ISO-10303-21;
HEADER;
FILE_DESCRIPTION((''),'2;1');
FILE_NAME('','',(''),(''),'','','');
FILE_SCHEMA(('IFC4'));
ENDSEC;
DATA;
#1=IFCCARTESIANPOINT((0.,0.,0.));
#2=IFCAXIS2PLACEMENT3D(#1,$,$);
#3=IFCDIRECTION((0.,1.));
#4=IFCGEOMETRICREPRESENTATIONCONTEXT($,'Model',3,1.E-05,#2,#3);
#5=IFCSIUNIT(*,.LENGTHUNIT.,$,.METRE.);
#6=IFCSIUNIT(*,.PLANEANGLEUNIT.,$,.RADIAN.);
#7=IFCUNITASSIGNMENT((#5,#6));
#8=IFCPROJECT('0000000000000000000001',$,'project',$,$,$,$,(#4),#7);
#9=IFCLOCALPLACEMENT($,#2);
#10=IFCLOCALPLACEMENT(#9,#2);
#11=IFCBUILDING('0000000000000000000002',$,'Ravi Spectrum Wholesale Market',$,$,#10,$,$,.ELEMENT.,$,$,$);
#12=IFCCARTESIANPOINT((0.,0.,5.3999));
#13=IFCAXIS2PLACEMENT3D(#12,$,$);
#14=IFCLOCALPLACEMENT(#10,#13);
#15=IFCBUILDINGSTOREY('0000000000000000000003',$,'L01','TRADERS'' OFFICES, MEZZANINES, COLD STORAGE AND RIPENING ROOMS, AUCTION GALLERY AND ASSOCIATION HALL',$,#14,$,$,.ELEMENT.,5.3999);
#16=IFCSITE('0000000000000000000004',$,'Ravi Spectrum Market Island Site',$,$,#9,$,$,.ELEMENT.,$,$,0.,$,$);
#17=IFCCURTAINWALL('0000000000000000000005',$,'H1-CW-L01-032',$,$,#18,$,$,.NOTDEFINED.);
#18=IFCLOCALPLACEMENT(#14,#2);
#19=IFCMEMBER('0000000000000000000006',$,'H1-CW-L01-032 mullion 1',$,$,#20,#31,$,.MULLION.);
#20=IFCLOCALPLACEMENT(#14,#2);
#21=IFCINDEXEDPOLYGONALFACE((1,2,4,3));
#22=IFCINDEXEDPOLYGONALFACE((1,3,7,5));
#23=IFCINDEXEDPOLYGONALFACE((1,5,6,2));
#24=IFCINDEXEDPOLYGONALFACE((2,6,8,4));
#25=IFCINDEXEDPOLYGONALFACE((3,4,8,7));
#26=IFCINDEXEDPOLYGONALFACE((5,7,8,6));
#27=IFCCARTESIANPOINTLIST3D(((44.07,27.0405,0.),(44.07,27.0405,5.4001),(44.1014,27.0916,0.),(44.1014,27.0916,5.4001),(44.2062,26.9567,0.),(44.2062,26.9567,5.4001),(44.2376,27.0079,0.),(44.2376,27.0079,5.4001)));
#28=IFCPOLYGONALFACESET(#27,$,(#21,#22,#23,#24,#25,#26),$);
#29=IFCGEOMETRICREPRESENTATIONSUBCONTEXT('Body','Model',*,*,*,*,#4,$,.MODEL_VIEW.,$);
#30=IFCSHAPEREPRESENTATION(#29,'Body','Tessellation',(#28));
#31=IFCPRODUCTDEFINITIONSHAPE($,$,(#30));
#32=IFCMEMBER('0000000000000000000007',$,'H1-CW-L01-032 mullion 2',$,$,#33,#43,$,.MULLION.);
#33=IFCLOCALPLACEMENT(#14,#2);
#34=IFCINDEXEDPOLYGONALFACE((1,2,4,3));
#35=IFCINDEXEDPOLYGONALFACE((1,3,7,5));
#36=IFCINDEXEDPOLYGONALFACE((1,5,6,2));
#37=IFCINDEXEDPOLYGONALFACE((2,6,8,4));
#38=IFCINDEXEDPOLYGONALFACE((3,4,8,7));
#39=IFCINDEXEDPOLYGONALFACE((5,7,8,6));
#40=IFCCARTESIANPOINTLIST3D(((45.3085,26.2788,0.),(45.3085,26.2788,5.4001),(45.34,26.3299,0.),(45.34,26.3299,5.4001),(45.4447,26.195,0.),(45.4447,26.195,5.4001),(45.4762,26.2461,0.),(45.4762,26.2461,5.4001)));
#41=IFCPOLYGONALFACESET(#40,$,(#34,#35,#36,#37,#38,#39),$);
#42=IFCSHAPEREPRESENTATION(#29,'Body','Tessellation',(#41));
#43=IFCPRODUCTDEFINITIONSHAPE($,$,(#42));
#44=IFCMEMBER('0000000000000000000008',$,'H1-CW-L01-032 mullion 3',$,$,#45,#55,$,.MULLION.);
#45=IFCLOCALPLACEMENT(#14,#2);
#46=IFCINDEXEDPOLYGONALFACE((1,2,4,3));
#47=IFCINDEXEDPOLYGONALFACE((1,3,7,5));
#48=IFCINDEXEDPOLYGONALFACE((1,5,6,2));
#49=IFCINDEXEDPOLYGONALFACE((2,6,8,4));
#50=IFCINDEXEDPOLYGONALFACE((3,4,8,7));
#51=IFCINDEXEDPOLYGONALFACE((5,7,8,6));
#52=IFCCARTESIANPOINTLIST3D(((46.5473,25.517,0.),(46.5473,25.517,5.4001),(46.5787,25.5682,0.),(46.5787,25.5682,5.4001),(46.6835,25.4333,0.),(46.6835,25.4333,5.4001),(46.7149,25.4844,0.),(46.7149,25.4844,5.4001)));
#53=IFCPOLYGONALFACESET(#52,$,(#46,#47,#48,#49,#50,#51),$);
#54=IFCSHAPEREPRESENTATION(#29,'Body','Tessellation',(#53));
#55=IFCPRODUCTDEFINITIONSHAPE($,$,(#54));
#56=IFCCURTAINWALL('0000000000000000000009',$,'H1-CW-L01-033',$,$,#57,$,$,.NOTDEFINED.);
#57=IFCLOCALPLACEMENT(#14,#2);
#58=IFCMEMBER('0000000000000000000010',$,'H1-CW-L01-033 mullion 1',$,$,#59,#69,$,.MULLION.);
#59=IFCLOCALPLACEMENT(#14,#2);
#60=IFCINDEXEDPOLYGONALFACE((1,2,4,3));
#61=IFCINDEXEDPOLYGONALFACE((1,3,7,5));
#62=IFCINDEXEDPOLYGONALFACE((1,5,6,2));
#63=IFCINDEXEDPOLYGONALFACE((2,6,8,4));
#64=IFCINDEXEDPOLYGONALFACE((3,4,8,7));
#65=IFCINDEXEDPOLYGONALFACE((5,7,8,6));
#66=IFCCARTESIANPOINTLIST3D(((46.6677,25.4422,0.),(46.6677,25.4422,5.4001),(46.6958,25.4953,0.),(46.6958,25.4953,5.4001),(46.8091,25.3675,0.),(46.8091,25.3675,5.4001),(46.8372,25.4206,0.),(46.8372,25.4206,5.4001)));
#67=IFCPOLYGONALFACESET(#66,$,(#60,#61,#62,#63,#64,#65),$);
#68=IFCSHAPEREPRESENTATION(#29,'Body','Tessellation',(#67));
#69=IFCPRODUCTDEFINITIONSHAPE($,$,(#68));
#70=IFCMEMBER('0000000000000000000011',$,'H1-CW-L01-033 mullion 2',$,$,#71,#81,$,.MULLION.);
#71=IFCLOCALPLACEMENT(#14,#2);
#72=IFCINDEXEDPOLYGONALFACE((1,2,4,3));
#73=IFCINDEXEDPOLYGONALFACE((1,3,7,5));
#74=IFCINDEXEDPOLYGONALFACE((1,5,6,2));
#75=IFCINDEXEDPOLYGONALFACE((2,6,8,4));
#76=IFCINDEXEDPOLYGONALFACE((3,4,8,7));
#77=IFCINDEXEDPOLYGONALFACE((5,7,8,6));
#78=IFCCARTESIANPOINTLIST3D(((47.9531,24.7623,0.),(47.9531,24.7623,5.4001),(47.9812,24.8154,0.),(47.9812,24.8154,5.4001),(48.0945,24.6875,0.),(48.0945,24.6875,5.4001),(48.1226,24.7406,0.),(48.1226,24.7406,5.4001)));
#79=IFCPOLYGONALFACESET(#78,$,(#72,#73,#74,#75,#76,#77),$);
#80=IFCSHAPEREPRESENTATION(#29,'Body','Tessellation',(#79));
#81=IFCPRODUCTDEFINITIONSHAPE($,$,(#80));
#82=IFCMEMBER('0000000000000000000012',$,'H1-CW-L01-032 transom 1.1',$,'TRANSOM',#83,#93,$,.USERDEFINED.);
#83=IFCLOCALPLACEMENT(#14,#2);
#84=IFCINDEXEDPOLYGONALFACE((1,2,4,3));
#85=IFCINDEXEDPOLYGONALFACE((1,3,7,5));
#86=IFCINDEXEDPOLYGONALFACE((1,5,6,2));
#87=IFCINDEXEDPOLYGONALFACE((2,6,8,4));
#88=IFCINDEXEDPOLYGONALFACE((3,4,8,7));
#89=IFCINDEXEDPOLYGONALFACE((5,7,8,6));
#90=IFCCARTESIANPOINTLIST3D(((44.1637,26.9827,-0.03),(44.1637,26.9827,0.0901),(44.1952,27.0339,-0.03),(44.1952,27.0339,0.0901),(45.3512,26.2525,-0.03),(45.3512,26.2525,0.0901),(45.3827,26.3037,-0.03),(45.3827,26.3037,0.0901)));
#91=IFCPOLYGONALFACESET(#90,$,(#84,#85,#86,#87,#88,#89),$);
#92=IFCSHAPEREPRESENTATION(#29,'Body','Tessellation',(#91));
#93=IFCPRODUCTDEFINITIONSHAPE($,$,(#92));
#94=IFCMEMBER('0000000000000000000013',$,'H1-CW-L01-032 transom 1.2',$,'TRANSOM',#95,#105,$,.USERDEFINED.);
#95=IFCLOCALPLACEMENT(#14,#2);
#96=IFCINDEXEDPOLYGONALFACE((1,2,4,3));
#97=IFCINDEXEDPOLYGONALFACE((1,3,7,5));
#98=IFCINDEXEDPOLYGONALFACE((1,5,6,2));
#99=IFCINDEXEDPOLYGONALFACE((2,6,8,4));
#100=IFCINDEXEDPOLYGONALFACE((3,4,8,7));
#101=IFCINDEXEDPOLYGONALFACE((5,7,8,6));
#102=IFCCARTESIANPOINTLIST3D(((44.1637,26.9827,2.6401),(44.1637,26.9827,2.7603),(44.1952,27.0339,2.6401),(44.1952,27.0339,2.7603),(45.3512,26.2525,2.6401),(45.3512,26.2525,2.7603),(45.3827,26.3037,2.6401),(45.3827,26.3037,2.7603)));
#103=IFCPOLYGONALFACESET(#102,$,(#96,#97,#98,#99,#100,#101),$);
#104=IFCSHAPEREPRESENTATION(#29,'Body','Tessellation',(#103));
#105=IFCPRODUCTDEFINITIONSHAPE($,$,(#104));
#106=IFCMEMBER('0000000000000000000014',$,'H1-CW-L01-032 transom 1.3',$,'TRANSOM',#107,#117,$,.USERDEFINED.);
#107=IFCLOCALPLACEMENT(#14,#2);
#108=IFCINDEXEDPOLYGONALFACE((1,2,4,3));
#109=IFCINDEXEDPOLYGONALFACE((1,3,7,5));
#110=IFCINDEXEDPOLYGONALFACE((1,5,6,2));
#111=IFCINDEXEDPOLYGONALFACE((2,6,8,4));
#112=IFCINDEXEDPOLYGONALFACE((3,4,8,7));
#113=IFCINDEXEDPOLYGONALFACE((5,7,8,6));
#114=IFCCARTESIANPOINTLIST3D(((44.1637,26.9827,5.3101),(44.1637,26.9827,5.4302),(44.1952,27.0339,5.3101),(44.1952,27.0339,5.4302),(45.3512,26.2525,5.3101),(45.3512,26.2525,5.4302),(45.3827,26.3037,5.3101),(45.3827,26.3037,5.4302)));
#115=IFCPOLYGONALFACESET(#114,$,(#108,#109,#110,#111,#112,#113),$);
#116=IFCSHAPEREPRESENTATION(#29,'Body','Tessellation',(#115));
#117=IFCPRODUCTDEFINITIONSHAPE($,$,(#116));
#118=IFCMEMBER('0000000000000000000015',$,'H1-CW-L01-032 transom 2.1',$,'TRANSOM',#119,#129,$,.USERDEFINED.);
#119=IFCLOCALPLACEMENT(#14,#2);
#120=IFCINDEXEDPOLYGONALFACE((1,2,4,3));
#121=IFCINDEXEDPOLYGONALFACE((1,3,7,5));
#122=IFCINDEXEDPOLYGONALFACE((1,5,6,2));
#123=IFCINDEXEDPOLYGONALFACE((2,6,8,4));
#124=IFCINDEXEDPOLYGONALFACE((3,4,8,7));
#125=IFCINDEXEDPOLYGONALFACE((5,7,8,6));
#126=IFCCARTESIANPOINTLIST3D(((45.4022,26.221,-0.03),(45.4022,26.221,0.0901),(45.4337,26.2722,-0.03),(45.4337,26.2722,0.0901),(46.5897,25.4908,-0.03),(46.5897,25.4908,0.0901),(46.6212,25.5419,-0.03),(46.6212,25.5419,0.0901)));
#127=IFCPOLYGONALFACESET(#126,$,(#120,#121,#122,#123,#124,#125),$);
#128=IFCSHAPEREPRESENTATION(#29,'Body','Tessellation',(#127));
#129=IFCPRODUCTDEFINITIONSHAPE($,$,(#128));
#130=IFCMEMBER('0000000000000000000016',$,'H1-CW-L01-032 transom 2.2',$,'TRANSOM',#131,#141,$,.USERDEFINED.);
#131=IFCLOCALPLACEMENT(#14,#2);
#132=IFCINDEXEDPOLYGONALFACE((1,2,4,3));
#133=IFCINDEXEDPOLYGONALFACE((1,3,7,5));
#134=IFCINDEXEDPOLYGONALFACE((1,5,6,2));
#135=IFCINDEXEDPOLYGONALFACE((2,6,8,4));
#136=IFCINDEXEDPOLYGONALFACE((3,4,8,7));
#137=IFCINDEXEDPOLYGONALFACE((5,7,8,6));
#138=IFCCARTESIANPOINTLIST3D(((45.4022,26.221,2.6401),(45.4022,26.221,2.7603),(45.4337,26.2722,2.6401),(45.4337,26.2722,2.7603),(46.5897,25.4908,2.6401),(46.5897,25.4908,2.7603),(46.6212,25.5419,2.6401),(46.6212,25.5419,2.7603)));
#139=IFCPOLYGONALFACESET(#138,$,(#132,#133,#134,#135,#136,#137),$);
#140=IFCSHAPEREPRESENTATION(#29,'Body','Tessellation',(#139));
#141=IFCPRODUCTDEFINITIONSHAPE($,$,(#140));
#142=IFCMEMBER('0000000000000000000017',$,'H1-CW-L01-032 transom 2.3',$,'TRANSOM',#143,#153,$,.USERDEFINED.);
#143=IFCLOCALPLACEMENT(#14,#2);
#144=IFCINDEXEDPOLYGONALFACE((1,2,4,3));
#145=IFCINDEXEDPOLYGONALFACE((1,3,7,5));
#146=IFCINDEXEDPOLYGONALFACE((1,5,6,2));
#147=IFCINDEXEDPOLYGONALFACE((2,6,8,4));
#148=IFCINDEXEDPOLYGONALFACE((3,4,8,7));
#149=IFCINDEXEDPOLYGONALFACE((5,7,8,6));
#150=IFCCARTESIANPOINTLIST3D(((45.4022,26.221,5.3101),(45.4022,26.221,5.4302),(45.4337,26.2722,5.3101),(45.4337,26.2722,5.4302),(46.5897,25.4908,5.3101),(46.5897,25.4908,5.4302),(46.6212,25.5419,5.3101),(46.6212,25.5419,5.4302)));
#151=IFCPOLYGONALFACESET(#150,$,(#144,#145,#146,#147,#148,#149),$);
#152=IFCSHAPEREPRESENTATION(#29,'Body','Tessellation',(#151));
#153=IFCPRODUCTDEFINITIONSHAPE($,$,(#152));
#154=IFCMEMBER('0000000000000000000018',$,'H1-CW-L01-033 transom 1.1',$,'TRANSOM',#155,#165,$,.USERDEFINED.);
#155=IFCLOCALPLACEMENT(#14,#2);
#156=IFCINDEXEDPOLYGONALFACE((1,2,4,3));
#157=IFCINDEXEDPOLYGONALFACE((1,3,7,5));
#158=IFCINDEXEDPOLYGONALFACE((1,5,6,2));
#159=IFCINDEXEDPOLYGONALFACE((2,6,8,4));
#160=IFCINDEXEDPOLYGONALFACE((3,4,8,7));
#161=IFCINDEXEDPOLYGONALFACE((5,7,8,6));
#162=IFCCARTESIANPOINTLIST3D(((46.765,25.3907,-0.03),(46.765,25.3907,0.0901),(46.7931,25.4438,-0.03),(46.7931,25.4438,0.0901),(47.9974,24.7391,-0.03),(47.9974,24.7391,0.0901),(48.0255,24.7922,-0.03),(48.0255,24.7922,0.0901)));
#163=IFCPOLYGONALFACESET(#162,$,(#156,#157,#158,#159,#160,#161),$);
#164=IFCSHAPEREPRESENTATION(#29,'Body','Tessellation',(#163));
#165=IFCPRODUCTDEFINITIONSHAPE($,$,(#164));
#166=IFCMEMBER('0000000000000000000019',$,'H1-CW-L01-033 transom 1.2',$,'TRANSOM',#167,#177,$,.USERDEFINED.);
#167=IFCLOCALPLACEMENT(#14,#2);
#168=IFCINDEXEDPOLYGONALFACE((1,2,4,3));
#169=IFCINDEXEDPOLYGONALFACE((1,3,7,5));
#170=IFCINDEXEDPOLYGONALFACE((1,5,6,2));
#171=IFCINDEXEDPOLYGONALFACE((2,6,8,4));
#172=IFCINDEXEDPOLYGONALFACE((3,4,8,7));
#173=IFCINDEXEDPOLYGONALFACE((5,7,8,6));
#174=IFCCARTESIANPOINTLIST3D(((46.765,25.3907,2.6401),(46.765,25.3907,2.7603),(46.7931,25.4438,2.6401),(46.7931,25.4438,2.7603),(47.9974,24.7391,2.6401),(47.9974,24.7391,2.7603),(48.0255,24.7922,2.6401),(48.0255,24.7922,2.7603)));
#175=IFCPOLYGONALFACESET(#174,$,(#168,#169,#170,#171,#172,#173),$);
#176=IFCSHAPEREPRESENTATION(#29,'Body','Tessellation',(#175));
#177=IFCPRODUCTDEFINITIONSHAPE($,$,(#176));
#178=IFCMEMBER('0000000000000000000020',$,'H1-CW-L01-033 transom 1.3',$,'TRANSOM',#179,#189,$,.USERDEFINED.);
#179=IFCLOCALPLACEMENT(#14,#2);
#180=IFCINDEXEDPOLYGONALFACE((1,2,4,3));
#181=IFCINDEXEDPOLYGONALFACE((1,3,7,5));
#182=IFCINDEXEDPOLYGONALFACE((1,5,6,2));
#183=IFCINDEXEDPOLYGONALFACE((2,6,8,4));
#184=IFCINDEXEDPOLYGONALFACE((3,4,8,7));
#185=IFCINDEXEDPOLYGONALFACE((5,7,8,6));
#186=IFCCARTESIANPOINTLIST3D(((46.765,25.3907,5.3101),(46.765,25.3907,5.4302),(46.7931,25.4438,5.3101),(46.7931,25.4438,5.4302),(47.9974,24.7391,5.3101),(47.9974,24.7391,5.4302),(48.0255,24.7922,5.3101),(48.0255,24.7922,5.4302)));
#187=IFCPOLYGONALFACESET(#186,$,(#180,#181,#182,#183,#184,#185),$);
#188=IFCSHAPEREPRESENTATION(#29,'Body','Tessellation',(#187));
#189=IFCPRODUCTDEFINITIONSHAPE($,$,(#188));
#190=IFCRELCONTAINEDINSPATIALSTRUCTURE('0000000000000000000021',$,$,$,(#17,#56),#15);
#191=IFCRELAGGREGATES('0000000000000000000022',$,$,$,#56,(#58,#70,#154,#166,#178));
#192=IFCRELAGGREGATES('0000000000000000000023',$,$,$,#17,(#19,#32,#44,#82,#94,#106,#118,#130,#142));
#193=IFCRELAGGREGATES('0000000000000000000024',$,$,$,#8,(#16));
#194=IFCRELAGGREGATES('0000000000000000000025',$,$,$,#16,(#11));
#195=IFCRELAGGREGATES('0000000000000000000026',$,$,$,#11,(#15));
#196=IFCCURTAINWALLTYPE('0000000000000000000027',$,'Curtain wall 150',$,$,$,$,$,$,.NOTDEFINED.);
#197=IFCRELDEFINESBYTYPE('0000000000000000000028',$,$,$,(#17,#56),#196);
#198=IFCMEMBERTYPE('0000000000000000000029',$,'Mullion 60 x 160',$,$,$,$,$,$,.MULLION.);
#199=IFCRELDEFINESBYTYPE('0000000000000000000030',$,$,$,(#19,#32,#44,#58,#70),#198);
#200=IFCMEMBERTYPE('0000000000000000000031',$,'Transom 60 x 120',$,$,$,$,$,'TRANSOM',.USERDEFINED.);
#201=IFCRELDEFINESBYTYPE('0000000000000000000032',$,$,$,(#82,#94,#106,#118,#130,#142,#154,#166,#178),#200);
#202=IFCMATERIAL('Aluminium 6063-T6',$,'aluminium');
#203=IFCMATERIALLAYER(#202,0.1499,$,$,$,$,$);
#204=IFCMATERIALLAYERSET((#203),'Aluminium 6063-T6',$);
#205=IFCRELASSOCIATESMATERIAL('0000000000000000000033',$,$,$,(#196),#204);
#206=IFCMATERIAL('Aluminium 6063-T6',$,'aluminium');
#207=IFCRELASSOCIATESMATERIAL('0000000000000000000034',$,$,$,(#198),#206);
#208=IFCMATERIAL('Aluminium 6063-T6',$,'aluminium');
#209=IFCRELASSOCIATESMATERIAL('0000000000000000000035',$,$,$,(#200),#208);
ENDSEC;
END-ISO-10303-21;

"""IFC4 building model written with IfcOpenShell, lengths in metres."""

from ifc_helpers import new_model, si_unit, direction, frame, origin, origin_2d, place, context, subcontext, project, spatial, rectangle, extrude, material, layer, layer_set, material_profile, profile_set, type_object, element, aggregate, save


model = new_model("IFC4")

# Units and contexts
model_context = context("Model", 3, precision=1e-05, world=origin(), true_north=direction((0.0, 1.0)))
body_context = subcontext(model_context, "Body", "Model", "MODEL_VIEW")
ifc_project = project(units=[si_unit("LENGTHUNIT", "METRE"), si_unit("PLANEANGLEUNIT", "RADIAN")], contexts=[model_context])

# Site, building, storey
site_placement = place(None, origin())
site = spatial("IfcSite", under=ifc_project, at=site_placement, Name="Ravi Spectrum Market Island Site", CompositionType="ELEMENT", RefElevation=0.0)
building_placement = place(site_placement, origin())
building = spatial("IfcBuilding", under=site, at=building_placement, Name="Ravi Spectrum Wholesale Market", CompositionType="ELEMENT")
storey_placement = place(building_placement, frame((0.0, 0.0, 5.3999)))
storey = spatial("IfcBuildingStorey", under=building, at=storey_placement, Name="L01", Description="TRADERS' OFFICES, MEZZANINES, COLD STORAGE AND RIPENING ROOMS, AUCTION GALLERY AND ASSOCIATION HALL", CompositionType="ELEMENT", Elevation=5.3999)

# Curtain walls, members
ifc_material_1 = material(Name="Aluminium 6063-T6", Category="aluminium")
ifc_layer_1 = layer(ifc_material_1, 0.1499)
ifc_layer_set_1 = layer_set([ifc_layer_1], Name="Aluminium 6063-T6")
curtain_wall_type = type_object("IfcCurtainWallType", Name="Curtain wall 150", PredefinedType="NOTDEFINED", material=ifc_layer_set_1)
curtain_wall_1_placement = place(storey_placement, origin())
curtain_wall_1 = element("IfcCurtainWall", 1, at=curtain_wall_1_placement, inside=storey, type_object=curtain_wall_type, Name="H1-CW-L01-032", PredefinedType="NOTDEFINED")
ifc_material_2 = material(Name="Aluminium 6063-T6", Category="aluminium")
ifc_material_profile_1 = material_profile(ifc_material_2, rectangle(XDim=0.0601, YDim=0.1599, at=origin_2d()))
ifc_profile_set_1 = profile_set([ifc_material_profile_1], Name="Aluminium 6063-T6")
member_type_1 = type_object("IfcMemberType", Name="Mullion 60 x 160", PredefinedType="MULLION", material=ifc_profile_set_1)
member_1_placement = place(storey_placement, frame((44.1538, 27.0242, 0.0), z_axis=(0.0, 0.0, 1.0), x_axis=(0.523841, 0.851816, 0.0)))
member_1 = element("IfcMember", 2, at=member_1_placement, type_object=member_type_1, Name="H1-CW-L01-032 mullion 1", PredefinedType="MULLION", context=body_context, shape_type="SweptSolid", body=[
    extrude(rectangle(XDim=0.0601, YDim=0.1599, at=origin_2d()), origin(), (0.0, 0.0, 1.0), 5.4001),
])
member_2_placement = place(storey_placement, frame((45.3923, 26.2625, 0.0), z_axis=(0.0, 0.0, 1.0), x_axis=(0.523841, 0.851816, 0.0)))
member_2 = element("IfcMember", 3, at=member_2_placement, type_object=member_type_1, Name="H1-CW-L01-032 mullion 2", PredefinedType="MULLION", context=body_context, shape_type="SweptSolid", body=[
    extrude(rectangle(XDim=0.0601, YDim=0.1599, at=origin_2d()), origin(), (0.0, 0.0, 1.0), 5.4001),
])
member_3_placement = place(storey_placement, frame((46.6311, 25.5007, 0.0), z_axis=(0.0, 0.0, 1.0), x_axis=(0.523841, 0.851816, 0.0)))
member_3 = element("IfcMember", 4, at=member_3_placement, type_object=member_type_1, Name="H1-CW-L01-032 mullion 3", PredefinedType="MULLION", context=body_context, shape_type="SweptSolid", body=[
    extrude(rectangle(XDim=0.0601, YDim=0.1599, at=origin_2d()), origin(), (0.0, 0.0, 1.0), 5.4001),
])
curtain_wall_2_placement = place(storey_placement, origin())
curtain_wall_2 = element("IfcCurtainWall", 5, at=curtain_wall_2_placement, inside=storey, type_object=curtain_wall_type, Name="H1-CW-L01-033", PredefinedType="NOTDEFINED")
member_4_placement = place(storey_placement, frame((46.7524, 25.4314, 0.0), z_axis=(0.0, 0.0, 1.0), x_axis=(0.467524, 0.88398, 0.0)))
member_4 = element("IfcMember", 6, at=member_4_placement, type_object=member_type_1, Name="H1-CW-L01-033 mullion 1", PredefinedType="MULLION", context=body_context, shape_type="SweptSolid", body=[
    extrude(rectangle(XDim=0.0601, YDim=0.1599, at=origin_2d()), origin(), (0.0, 0.0, 1.0), 5.4001),
])
member_5_placement = place(storey_placement, frame((48.0378, 24.7515, 0.0), z_axis=(0.0, 0.0, 1.0), x_axis=(0.467524, 0.88398, 0.0)))
member_5 = element("IfcMember", 7, at=member_5_placement, type_object=member_type_1, Name="H1-CW-L01-033 mullion 2", PredefinedType="MULLION", context=body_context, shape_type="SweptSolid", body=[
    extrude(rectangle(XDim=0.0601, YDim=0.1599, at=origin_2d()), origin(), (0.0, 0.0, 1.0), 5.4001),
])

# Members
ifc_material_3 = material(Name="Aluminium 6063-T6", Category="aluminium")
ifc_material_profile_2 = material_profile(ifc_material_3, rectangle(XDim=0.0601, YDim=0.1201, at=origin_2d()))
ifc_profile_set_2 = profile_set([ifc_material_profile_2], Name="Aluminium 6063-T6")
member_type_2 = type_object("IfcMemberType", Name="Transom 60 x 120", ElementType="TRANSOM", PredefinedType="USERDEFINED", material=ifc_profile_set_2)
member_6_placement = place(storey_placement, frame((44.1794, 27.0083, 0.03), z_axis=(0.851833, -0.523814, 0.0), x_axis=(0.523814, 0.851833, 0.0)))
member_6 = element("IfcMember", 8, at=member_6_placement, type_object=member_type_2, Name="H1-CW-L01-032 transom 1.1", ObjectType="TRANSOM", PredefinedType="USERDEFINED", context=body_context, shape_type="SweptSolid", body=[
    extrude(rectangle(XDim=0.0601, YDim=0.1201, at=origin_2d()), origin(), (0.0, 0.0, 1.0), 1.394),
])
member_7_placement = place(storey_placement, frame((44.1794, 27.0083, 2.7002), z_axis=(0.851833, -0.523814, 0.0), x_axis=(0.523814, 0.851833, 0.0)))
member_7 = element("IfcMember", 9, at=member_7_placement, type_object=member_type_2, Name="H1-CW-L01-032 transom 1.2", ObjectType="TRANSOM", PredefinedType="USERDEFINED", context=body_context, shape_type="SweptSolid", body=[
    extrude(rectangle(XDim=0.0601, YDim=0.1201, at=origin_2d()), origin(), (0.0, 0.0, 1.0), 1.394),
])
member_8_placement = place(storey_placement, frame((44.1794, 27.0083, 5.3701), z_axis=(0.851833, -0.523814, 0.0), x_axis=(0.523814, 0.851833, 0.0)))
member_8 = element("IfcMember", 10, at=member_8_placement, type_object=member_type_2, Name="H1-CW-L01-032 transom 1.3", ObjectType="TRANSOM", PredefinedType="USERDEFINED", context=body_context, shape_type="SweptSolid", body=[
    extrude(rectangle(XDim=0.0601, YDim=0.1201, at=origin_2d()), origin(), (0.0, 0.0, 1.0), 1.394),
])
member_9_placement = place(storey_placement, frame((45.418, 26.2466, 0.03), z_axis=(0.851833, -0.523814, 0.0), x_axis=(0.523814, 0.851833, 0.0)))
member_9 = element("IfcMember", 11, at=member_9_placement, type_object=member_type_2, Name="H1-CW-L01-032 transom 2.1", ObjectType="TRANSOM", PredefinedType="USERDEFINED", context=body_context, shape_type="SweptSolid", body=[
    extrude(rectangle(XDim=0.0601, YDim=0.1201, at=origin_2d()), origin(), (0.0, 0.0, 1.0), 1.394),
])
member_10_placement = place(storey_placement, frame((45.418, 26.2466, 2.7002), z_axis=(0.851833, -0.523814, 0.0), x_axis=(0.523814, 0.851833, 0.0)))
member_10 = element("IfcMember", 12, at=member_10_placement, type_object=member_type_2, Name="H1-CW-L01-032 transom 2.2", ObjectType="TRANSOM", PredefinedType="USERDEFINED", context=body_context, shape_type="SweptSolid", body=[
    extrude(rectangle(XDim=0.0601, YDim=0.1201, at=origin_2d()), origin(), (0.0, 0.0, 1.0), 1.394),
])
member_11_placement = place(storey_placement, frame((45.418, 26.2466, 5.3701), z_axis=(0.851833, -0.523814, 0.0), x_axis=(0.523814, 0.851833, 0.0)))
member_11 = element("IfcMember", 13, at=member_11_placement, type_object=member_type_2, Name="H1-CW-L01-032 transom 2.3", ObjectType="TRANSOM", PredefinedType="USERDEFINED", context=body_context, shape_type="SweptSolid", body=[
    extrude(rectangle(XDim=0.0601, YDim=0.1201, at=origin_2d()), origin(), (0.0, 0.0, 1.0), 1.394),
])
member_12_placement = place(storey_placement, frame((46.7791, 25.4172, 0.03), z_axis=(0.884039, -0.467413, 0.0), x_axis=(0.467413, 0.884039, 0.0)))
member_12 = element("IfcMember", 14, at=member_12_placement, type_object=member_type_2, Name="H1-CW-L01-033 transom 1.1", ObjectType="TRANSOM", PredefinedType="USERDEFINED", context=body_context, shape_type="SweptSolid", body=[
    extrude(rectangle(XDim=0.0601, YDim=0.1201, at=origin_2d()), origin(), (0.0, 0.0, 1.0), 1.394),
])
member_13_placement = place(storey_placement, frame((46.7791, 25.4172, 2.7002), z_axis=(0.884039, -0.467413, 0.0), x_axis=(0.467413, 0.884039, 0.0)))
member_13 = element("IfcMember", 15, at=member_13_placement, type_object=member_type_2, Name="H1-CW-L01-033 transom 1.2", ObjectType="TRANSOM", PredefinedType="USERDEFINED", context=body_context, shape_type="SweptSolid", body=[
    extrude(rectangle(XDim=0.0601, YDim=0.1201, at=origin_2d()), origin(), (0.0, 0.0, 1.0), 1.394),
])
member_14_placement = place(storey_placement, frame((46.7791, 25.4172, 5.3701), z_axis=(0.884039, -0.467413, 0.0), x_axis=(0.467413, 0.884039, 0.0)))
member_14 = element("IfcMember", 16, at=member_14_placement, type_object=member_type_2, Name="H1-CW-L01-033 transom 1.3", ObjectType="TRANSOM", PredefinedType="USERDEFINED", context=body_context, shape_type="SweptSolid", body=[
    extrude(rectangle(XDim=0.0601, YDim=0.1201, at=origin_2d()), origin(), (0.0, 0.0, 1.0), 1.394),
])

aggregate(curtain_wall_2, [member_4, member_5, member_12, member_13, member_14])
aggregate(curtain_wall_1, [member_1, member_2, member_3, member_6, member_7, member_8, member_9, member_10, member_11])

save(model, "model.ifc")
